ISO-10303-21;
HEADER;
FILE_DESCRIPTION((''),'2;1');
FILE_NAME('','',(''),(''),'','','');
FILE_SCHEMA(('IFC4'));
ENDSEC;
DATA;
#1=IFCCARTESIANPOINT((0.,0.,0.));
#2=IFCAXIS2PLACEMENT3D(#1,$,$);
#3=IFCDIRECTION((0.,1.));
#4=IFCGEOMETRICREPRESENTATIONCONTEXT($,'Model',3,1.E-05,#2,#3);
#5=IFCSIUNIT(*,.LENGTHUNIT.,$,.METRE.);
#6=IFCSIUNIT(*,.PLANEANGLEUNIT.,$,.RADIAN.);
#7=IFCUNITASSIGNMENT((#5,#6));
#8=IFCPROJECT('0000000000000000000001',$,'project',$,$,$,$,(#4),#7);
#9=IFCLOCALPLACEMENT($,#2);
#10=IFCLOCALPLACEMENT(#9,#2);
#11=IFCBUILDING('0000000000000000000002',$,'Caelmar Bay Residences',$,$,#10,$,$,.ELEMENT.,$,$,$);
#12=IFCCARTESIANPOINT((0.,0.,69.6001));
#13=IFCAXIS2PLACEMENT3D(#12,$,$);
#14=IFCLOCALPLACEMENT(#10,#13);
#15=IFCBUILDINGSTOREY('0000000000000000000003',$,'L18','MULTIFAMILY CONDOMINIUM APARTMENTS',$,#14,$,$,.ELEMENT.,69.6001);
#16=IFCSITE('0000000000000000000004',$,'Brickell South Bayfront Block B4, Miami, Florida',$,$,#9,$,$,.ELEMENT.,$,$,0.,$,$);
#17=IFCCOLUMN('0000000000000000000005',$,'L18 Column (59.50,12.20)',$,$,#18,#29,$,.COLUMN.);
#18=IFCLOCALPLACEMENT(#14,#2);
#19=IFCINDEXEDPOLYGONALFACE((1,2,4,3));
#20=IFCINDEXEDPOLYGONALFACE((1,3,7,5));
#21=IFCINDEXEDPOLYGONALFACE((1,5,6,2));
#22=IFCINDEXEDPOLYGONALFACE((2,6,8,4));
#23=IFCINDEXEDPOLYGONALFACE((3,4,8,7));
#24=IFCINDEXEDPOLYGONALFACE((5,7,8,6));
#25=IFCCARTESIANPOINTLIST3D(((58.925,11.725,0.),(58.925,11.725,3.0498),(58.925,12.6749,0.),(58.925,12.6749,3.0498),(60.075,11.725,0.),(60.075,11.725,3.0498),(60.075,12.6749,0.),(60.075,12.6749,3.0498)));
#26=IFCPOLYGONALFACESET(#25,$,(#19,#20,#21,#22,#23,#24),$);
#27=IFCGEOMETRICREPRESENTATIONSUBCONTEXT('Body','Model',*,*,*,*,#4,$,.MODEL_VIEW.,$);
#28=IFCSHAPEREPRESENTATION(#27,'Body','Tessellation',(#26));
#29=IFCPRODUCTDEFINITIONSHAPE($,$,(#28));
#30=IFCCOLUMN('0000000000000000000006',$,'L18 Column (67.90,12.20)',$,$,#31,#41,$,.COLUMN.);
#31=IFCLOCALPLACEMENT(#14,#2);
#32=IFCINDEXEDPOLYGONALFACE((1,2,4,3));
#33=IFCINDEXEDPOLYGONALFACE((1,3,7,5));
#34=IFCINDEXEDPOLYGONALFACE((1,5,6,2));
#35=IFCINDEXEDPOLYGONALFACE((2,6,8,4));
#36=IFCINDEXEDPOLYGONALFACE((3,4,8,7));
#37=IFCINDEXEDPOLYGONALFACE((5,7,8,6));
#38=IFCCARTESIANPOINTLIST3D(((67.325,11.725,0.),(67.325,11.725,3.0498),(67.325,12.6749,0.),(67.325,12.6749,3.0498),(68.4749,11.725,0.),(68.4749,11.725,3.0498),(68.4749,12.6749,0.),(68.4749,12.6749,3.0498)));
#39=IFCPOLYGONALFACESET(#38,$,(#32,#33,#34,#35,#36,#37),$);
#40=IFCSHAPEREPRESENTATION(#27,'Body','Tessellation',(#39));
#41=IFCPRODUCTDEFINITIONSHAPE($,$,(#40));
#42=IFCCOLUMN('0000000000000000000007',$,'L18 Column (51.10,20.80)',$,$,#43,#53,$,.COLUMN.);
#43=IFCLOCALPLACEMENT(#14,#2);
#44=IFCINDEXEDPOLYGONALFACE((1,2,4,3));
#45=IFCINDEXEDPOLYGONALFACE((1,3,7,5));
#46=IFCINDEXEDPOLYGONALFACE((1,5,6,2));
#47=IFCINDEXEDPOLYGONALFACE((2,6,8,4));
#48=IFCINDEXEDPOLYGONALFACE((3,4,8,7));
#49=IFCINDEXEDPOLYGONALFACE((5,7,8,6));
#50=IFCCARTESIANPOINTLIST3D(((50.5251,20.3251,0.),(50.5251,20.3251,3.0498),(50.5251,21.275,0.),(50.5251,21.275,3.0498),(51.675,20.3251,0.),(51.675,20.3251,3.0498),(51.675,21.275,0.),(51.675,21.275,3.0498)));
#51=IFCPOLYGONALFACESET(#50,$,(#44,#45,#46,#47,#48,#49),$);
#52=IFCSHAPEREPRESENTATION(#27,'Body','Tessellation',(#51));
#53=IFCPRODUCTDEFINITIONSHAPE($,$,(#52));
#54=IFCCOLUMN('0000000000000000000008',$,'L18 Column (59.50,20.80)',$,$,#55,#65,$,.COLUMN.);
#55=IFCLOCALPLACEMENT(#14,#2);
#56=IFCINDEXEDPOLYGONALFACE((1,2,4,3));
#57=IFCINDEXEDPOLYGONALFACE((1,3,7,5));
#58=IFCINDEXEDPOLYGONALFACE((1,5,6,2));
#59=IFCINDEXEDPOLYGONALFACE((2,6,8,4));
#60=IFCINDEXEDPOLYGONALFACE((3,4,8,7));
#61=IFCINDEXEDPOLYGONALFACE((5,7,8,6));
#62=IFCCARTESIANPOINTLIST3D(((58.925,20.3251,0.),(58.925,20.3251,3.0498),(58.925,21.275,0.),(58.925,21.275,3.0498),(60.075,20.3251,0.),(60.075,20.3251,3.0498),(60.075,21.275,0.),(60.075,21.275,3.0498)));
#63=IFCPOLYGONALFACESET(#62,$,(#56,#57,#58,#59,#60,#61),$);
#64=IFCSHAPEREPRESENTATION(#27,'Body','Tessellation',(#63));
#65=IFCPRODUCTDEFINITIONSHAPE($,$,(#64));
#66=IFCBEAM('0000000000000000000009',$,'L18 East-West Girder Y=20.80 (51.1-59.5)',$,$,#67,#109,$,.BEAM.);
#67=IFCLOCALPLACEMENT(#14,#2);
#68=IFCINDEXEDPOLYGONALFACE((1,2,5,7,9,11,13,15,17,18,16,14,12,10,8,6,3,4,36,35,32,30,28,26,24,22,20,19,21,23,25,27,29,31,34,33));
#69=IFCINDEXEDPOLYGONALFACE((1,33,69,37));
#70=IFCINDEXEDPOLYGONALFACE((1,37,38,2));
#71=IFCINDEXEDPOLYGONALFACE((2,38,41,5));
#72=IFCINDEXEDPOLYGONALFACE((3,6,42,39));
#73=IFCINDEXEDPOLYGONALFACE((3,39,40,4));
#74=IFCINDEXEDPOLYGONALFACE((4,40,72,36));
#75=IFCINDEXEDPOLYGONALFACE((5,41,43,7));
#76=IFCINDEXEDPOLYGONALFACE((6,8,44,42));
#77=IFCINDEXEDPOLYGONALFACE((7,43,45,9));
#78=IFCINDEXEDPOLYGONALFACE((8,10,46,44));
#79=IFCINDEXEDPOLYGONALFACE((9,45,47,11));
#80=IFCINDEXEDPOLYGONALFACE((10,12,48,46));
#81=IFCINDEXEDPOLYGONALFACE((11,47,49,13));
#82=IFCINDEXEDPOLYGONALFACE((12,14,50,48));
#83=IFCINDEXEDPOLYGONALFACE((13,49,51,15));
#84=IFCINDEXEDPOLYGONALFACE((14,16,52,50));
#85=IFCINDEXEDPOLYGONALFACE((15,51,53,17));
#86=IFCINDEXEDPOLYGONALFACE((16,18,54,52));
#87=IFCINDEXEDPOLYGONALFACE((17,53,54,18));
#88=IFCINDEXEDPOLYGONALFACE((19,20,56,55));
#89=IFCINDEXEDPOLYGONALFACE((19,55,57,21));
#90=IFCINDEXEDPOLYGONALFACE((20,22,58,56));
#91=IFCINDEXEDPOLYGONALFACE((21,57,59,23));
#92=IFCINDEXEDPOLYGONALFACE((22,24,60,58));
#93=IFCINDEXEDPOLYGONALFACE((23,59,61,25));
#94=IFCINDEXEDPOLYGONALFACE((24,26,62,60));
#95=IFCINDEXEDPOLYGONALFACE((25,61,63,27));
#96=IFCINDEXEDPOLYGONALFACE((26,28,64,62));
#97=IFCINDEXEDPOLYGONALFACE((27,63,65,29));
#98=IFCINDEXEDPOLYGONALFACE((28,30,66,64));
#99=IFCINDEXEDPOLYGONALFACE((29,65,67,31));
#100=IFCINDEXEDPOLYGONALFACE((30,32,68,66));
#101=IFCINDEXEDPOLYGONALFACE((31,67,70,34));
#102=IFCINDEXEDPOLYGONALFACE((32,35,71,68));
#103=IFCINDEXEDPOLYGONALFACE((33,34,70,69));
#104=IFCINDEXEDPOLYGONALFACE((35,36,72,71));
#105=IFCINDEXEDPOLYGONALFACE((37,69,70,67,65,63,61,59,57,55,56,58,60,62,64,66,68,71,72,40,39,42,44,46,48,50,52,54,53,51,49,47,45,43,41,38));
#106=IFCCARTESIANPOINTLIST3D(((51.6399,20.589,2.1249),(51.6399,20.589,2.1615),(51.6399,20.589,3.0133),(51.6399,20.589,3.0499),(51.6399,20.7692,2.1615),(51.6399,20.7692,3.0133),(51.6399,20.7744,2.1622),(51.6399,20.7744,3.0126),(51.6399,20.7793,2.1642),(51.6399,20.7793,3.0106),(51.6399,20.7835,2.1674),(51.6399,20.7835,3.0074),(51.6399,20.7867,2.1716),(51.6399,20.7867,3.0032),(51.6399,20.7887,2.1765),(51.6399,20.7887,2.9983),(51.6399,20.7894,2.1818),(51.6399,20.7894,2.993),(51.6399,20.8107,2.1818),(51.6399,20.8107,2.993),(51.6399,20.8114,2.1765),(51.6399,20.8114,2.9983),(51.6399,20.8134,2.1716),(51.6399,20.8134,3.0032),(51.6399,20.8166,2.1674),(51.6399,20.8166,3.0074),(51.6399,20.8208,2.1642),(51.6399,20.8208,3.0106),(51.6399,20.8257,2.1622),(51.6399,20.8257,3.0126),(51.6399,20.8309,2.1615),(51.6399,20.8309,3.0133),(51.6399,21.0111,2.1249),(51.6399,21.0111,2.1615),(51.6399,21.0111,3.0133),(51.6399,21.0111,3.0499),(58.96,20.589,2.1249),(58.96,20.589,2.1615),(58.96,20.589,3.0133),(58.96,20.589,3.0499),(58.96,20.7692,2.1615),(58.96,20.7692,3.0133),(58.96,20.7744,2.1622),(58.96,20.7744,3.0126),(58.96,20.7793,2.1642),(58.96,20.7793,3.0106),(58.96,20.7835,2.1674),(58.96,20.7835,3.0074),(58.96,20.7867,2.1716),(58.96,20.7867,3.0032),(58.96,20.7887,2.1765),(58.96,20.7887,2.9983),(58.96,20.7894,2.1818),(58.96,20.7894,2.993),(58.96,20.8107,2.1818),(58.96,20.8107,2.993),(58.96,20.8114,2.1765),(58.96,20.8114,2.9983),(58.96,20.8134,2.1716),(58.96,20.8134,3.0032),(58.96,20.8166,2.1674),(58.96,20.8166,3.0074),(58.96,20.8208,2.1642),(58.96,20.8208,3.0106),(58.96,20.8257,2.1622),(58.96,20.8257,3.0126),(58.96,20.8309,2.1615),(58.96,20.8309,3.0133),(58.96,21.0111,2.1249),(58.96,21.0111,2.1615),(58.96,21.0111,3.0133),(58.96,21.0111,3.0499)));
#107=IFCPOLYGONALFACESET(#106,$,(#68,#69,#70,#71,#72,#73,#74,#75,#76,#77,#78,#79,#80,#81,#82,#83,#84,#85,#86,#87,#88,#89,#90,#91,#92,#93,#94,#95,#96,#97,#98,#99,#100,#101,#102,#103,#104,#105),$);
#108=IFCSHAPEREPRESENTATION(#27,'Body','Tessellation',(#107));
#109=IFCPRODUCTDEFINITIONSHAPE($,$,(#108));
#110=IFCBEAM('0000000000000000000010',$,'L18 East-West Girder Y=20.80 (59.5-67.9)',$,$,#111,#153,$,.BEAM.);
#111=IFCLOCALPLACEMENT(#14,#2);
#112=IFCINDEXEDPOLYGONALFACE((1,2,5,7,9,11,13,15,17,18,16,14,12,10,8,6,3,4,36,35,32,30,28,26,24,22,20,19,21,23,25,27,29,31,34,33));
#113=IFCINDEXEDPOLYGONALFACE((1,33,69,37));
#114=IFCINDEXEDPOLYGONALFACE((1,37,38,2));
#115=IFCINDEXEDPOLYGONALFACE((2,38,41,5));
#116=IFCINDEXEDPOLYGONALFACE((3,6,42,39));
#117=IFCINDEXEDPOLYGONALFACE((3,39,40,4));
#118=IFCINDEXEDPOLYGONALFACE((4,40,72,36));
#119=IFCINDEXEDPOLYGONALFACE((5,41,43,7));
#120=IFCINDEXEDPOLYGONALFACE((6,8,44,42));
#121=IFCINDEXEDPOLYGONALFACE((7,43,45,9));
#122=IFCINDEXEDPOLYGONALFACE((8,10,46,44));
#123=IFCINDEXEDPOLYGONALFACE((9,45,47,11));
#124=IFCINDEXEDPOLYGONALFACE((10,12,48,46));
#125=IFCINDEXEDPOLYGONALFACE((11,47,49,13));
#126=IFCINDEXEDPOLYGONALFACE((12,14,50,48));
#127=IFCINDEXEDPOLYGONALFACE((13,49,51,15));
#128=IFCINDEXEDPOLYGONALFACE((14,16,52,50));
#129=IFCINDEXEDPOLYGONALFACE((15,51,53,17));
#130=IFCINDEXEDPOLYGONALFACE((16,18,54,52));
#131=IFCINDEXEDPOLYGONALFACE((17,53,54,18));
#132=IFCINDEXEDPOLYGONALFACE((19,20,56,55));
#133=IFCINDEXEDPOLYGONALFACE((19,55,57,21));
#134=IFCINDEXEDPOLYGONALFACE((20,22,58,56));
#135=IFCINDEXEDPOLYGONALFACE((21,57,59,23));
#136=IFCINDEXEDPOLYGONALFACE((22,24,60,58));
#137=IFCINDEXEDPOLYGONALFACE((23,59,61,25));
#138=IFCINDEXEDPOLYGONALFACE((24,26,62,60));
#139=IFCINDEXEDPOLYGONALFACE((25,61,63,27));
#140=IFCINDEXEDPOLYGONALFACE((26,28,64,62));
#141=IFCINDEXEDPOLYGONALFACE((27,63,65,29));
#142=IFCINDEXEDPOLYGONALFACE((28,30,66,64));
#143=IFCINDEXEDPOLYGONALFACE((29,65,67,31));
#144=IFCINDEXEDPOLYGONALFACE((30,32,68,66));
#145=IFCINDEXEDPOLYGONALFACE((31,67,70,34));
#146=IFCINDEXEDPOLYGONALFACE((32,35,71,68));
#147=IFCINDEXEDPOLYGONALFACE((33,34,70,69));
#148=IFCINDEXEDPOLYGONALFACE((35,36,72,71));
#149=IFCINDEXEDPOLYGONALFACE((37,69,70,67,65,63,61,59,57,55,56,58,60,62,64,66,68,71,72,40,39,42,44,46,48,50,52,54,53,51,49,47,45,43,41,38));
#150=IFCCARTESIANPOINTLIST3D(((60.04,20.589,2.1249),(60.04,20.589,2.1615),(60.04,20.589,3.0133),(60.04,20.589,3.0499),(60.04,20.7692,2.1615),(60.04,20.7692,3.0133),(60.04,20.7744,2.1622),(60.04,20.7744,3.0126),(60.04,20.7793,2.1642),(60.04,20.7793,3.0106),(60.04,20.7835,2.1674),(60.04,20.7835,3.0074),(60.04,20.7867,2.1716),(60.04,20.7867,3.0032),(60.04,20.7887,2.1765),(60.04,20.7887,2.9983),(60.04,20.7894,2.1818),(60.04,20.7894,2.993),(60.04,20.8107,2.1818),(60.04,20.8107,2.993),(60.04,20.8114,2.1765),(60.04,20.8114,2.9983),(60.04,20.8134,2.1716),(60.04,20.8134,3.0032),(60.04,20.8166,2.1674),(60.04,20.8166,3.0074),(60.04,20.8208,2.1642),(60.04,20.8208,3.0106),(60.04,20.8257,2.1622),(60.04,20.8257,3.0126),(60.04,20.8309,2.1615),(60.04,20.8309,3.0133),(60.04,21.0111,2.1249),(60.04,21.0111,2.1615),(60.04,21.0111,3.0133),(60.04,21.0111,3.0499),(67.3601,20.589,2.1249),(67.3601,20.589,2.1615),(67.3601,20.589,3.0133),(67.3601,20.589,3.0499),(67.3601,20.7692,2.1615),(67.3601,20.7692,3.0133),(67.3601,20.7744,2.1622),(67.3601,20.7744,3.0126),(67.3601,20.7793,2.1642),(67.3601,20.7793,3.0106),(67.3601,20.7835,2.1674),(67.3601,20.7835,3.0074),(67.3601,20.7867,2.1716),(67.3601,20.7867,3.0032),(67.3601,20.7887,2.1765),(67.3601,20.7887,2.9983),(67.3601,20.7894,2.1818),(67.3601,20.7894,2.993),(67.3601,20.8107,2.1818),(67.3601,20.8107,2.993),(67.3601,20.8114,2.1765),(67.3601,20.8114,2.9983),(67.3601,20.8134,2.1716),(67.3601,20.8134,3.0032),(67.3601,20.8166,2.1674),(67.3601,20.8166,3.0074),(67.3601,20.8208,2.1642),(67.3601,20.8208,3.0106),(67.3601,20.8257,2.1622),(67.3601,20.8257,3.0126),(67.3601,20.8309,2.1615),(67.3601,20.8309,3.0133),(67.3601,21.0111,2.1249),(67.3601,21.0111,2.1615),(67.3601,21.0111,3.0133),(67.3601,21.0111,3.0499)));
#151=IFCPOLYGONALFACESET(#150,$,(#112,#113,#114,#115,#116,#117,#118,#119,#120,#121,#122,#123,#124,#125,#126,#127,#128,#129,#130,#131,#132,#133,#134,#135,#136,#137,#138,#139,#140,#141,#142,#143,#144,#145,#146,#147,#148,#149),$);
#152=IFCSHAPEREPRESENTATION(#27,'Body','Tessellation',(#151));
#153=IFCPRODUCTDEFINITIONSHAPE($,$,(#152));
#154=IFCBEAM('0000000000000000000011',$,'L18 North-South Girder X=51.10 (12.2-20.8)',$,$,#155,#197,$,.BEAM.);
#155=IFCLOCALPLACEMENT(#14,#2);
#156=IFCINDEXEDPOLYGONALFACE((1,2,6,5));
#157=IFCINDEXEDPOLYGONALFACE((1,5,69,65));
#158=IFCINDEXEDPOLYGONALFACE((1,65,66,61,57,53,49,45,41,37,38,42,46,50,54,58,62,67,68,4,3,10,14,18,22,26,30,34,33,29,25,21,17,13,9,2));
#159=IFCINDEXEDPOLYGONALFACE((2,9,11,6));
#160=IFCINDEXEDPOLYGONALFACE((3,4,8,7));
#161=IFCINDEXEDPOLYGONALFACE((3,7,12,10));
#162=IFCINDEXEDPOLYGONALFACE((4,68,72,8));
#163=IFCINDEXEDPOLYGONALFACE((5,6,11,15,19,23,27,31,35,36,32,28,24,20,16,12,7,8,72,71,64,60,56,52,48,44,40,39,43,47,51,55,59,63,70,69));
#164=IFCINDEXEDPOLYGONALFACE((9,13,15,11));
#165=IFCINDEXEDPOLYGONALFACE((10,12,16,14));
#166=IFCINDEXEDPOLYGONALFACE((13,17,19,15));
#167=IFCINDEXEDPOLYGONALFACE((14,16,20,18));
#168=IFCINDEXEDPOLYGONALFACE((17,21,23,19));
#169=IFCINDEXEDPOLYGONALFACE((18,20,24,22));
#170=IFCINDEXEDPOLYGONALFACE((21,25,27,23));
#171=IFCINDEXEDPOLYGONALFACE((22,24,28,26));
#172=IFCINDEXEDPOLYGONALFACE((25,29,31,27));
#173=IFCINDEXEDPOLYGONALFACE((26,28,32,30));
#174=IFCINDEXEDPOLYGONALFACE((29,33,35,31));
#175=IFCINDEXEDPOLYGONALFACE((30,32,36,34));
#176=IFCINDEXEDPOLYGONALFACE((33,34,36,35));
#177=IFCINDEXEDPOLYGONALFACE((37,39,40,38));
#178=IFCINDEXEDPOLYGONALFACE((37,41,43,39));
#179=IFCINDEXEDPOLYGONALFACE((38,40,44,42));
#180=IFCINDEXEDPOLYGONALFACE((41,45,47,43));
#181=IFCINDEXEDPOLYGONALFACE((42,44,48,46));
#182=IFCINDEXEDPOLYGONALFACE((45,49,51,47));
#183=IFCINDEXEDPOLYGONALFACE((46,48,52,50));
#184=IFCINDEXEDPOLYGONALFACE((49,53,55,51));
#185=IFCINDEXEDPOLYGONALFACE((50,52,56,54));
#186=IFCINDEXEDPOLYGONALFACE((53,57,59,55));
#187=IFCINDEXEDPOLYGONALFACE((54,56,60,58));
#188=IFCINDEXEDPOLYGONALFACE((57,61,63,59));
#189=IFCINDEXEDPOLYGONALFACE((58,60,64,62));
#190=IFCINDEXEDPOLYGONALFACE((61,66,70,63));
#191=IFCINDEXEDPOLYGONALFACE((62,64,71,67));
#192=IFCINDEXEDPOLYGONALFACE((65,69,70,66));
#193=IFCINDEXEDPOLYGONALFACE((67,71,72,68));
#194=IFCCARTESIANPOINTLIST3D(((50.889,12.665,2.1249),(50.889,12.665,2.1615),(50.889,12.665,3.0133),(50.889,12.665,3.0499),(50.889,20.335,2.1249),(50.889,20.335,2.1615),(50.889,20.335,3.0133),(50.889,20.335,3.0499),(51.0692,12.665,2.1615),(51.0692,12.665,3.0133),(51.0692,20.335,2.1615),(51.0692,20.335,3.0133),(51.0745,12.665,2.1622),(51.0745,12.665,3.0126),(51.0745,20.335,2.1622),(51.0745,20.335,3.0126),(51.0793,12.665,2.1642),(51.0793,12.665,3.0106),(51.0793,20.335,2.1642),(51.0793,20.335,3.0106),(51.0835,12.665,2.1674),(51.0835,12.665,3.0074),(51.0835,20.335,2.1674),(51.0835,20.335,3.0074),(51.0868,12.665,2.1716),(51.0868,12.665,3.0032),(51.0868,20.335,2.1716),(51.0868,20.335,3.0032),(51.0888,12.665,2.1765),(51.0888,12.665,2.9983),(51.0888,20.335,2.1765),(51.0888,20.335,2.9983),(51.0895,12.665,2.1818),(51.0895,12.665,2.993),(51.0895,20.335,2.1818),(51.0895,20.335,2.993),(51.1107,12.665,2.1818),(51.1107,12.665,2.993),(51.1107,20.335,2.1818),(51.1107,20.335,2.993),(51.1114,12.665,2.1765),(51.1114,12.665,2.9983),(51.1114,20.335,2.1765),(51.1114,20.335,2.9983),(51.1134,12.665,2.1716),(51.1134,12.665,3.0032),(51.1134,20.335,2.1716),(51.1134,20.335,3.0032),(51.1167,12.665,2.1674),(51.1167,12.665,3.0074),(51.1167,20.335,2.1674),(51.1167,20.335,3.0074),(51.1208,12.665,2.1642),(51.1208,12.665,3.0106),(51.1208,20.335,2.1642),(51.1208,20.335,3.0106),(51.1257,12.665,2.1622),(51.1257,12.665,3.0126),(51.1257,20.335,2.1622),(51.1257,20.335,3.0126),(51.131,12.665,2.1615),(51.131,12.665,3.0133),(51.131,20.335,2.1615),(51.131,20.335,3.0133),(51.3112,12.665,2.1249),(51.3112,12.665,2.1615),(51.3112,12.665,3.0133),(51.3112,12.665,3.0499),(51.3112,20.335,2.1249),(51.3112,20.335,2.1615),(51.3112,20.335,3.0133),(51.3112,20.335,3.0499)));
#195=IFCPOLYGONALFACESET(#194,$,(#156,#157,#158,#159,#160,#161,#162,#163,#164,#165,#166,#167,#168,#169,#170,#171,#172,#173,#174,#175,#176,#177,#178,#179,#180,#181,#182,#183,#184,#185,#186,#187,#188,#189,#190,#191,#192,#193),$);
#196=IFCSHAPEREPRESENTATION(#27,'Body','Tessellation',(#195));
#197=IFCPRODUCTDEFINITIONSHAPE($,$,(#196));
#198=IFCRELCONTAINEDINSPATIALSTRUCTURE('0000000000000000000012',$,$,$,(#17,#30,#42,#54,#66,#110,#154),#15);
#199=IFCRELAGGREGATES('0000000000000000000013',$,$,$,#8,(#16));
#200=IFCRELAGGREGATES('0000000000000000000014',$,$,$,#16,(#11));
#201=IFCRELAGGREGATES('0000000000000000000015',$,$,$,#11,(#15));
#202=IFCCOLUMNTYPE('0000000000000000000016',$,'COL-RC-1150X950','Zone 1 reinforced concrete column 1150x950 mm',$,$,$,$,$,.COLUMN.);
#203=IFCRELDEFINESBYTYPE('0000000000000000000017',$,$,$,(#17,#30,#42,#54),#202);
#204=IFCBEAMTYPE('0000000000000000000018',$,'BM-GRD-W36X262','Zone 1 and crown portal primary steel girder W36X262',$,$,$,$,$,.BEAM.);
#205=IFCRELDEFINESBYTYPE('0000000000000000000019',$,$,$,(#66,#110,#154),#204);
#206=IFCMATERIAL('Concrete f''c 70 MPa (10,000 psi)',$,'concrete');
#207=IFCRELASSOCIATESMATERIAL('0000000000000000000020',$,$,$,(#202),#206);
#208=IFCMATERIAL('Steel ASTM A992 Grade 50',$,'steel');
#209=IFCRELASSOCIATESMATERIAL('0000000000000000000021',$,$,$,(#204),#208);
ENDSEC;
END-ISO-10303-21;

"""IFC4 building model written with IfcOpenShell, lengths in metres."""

from ifc_helpers import new_model, si_unit, direction, frame, origin, origin_2d, place, context, subcontext, project, spatial, rectangle, i_section, extrude, material, material_profile, profile_set, type_object, element, save


model = new_model("IFC4")

# Units and contexts
model_context = context("Model", 3, precision=1e-05, world=origin(), true_north=direction((0.0, 1.0)))
body_context = subcontext(model_context, "Body", "Model", "MODEL_VIEW")
ifc_project = project(units=[si_unit("LENGTHUNIT", "METRE"), si_unit("PLANEANGLEUNIT", "RADIAN")], contexts=[model_context])

# Site, building, storey
site_placement = place(None, origin())
site = spatial("IfcSite", under=ifc_project, at=site_placement, Name="Brickell South Bayfront Block B4, Miami, Florida", CompositionType="ELEMENT", RefElevation=0.0)
building_placement = place(site_placement, origin())
building = spatial("IfcBuilding", under=site, at=building_placement, Name="Caelmar Bay Residences", CompositionType="ELEMENT")
storey_placement = place(building_placement, frame((0.0, 0.0, 69.6001)))
storey = spatial("IfcBuildingStorey", under=building, at=storey_placement, Name="L18", Description="MULTIFAMILY CONDOMINIUM APARTMENTS", CompositionType="ELEMENT", Elevation=69.6001)

# Columns
ifc_material_1 = material(Name="Concrete f'c 70 MPa (10,000 psi)", Category="concrete")
ifc_material_profile_1 = material_profile(ifc_material_1, rectangle(XDim=1.1499, YDim=0.95, at=origin_2d()), Name="RC-COL-1150X950")
ifc_profile_set_1 = profile_set([ifc_material_profile_1], Name="Concrete f'c 70 MPa (10,000 psi)")
column_type = type_object("IfcColumnType", Name="COL-RC-1150X950", Description="Zone 1 reinforced concrete column 1150x950 mm", PredefinedType="COLUMN", material=ifc_profile_set_1)
for number, where, z_axis, x_axis, name in (
    (1, (59.5, 12.2, 0.0), (0.0, 0.0, 1.0), (1.0, 0.0, 0.0), "L18 Column (59.50,12.20)"),
    (2, (67.8999, 12.2, 0.0), (0.0, 0.0, 1.0), (1.0, 0.0, 0.0), "L18 Column (67.90,12.20)"),
    (3, (51.1001, 20.8, 0.0), (0.0, 0.0, 1.0), (1.0, 0.0, 0.0), "L18 Column (51.10,20.80)"),
    (4, (59.5, 20.8, 0.0), (0.0, 0.0, 1.0), (1.0, 0.0, 0.0), "L18 Column (59.50,20.80)"),
):
    element("IfcColumn", number, at=place(storey_placement, frame(where, z_axis=z_axis, x_axis=x_axis)), inside=storey, type_object=column_type, Name=name, PredefinedType="COLUMN", context=body_context, shape_type="SweptSolid", body=[
        extrude(rectangle(XDim=1.1499, YDim=0.95, at=origin_2d()), origin(), (0.0, 0.0, 1.0), 3.0498),
    ])

# Beams
ifc_material_2 = material(Name="Steel ASTM A992 Grade 50", Category="steel")
ifc_material_profile_2 = material_profile(ifc_material_2, i_section(OverallWidth=0.4221, OverallDepth=0.925, WebThickness=0.0212, FlangeThickness=0.0366, FilletRadius=0.0203, at=origin_2d()), Name="W36X262")
ifc_profile_set_2 = profile_set([ifc_material_profile_2], Name="Steel ASTM A992 Grade 50")
beam_type_1 = type_object("IfcBeamType", Name="BM-GRD-W36X262", Description="Zone 1 and crown portal primary steel girder W36X262", PredefinedType="BEAM", material=ifc_profile_set_2)
for number, where, z_axis, x_axis, name in (
    (5, (51.6399, 20.8, 2.5874), (1.0, 0.0, 0.0), (0.0, 1.0, 0.0), "L18 East-West Girder Y=20.80 (51.1-59.5)"),
    (6, (60.04, 20.8, 2.5874), (1.0, 0.0, 0.0), (0.0, 1.0, 0.0), "L18 East-West Girder Y=20.80 (59.5-67.9)"),
):
    element("IfcBeam", number, at=place(storey_placement, frame(where, z_axis=z_axis, x_axis=x_axis)), inside=storey, type_object=beam_type_1, Name=name, PredefinedType="BEAM", context=body_context, shape_type="SweptSolid", body=[
        extrude(i_section(OverallWidth=0.4221, OverallDepth=0.925, WebThickness=0.0212, FlangeThickness=0.0366, FilletRadius=0.0203, at=origin_2d()), origin(), (0.0, 0.0, 1.0), 7.3201),
    ])
for number, where, z_axis, x_axis, name in (
    (7, (51.1001, 12.665, 2.5874), (0.0, 1.0, 0.0), (-1.0, 0.0, 0.0), "L18 North-South Girder X=51.10 (12.2-20.8)"),
):
    element("IfcBeam", number, at=place(storey_placement, frame(where, z_axis=z_axis, x_axis=x_axis)), inside=storey, type_object=beam_type_1, Name=name, PredefinedType="BEAM", context=body_context, shape_type="SweptSolid", body=[
        extrude(i_section(OverallWidth=0.4221, OverallDepth=0.925, WebThickness=0.0212, FlangeThickness=0.0366, FilletRadius=0.0203, at=origin_2d()), origin(), (0.0, 0.0, 1.0), 7.6699),
    ])

save(model, "model.ifc")
